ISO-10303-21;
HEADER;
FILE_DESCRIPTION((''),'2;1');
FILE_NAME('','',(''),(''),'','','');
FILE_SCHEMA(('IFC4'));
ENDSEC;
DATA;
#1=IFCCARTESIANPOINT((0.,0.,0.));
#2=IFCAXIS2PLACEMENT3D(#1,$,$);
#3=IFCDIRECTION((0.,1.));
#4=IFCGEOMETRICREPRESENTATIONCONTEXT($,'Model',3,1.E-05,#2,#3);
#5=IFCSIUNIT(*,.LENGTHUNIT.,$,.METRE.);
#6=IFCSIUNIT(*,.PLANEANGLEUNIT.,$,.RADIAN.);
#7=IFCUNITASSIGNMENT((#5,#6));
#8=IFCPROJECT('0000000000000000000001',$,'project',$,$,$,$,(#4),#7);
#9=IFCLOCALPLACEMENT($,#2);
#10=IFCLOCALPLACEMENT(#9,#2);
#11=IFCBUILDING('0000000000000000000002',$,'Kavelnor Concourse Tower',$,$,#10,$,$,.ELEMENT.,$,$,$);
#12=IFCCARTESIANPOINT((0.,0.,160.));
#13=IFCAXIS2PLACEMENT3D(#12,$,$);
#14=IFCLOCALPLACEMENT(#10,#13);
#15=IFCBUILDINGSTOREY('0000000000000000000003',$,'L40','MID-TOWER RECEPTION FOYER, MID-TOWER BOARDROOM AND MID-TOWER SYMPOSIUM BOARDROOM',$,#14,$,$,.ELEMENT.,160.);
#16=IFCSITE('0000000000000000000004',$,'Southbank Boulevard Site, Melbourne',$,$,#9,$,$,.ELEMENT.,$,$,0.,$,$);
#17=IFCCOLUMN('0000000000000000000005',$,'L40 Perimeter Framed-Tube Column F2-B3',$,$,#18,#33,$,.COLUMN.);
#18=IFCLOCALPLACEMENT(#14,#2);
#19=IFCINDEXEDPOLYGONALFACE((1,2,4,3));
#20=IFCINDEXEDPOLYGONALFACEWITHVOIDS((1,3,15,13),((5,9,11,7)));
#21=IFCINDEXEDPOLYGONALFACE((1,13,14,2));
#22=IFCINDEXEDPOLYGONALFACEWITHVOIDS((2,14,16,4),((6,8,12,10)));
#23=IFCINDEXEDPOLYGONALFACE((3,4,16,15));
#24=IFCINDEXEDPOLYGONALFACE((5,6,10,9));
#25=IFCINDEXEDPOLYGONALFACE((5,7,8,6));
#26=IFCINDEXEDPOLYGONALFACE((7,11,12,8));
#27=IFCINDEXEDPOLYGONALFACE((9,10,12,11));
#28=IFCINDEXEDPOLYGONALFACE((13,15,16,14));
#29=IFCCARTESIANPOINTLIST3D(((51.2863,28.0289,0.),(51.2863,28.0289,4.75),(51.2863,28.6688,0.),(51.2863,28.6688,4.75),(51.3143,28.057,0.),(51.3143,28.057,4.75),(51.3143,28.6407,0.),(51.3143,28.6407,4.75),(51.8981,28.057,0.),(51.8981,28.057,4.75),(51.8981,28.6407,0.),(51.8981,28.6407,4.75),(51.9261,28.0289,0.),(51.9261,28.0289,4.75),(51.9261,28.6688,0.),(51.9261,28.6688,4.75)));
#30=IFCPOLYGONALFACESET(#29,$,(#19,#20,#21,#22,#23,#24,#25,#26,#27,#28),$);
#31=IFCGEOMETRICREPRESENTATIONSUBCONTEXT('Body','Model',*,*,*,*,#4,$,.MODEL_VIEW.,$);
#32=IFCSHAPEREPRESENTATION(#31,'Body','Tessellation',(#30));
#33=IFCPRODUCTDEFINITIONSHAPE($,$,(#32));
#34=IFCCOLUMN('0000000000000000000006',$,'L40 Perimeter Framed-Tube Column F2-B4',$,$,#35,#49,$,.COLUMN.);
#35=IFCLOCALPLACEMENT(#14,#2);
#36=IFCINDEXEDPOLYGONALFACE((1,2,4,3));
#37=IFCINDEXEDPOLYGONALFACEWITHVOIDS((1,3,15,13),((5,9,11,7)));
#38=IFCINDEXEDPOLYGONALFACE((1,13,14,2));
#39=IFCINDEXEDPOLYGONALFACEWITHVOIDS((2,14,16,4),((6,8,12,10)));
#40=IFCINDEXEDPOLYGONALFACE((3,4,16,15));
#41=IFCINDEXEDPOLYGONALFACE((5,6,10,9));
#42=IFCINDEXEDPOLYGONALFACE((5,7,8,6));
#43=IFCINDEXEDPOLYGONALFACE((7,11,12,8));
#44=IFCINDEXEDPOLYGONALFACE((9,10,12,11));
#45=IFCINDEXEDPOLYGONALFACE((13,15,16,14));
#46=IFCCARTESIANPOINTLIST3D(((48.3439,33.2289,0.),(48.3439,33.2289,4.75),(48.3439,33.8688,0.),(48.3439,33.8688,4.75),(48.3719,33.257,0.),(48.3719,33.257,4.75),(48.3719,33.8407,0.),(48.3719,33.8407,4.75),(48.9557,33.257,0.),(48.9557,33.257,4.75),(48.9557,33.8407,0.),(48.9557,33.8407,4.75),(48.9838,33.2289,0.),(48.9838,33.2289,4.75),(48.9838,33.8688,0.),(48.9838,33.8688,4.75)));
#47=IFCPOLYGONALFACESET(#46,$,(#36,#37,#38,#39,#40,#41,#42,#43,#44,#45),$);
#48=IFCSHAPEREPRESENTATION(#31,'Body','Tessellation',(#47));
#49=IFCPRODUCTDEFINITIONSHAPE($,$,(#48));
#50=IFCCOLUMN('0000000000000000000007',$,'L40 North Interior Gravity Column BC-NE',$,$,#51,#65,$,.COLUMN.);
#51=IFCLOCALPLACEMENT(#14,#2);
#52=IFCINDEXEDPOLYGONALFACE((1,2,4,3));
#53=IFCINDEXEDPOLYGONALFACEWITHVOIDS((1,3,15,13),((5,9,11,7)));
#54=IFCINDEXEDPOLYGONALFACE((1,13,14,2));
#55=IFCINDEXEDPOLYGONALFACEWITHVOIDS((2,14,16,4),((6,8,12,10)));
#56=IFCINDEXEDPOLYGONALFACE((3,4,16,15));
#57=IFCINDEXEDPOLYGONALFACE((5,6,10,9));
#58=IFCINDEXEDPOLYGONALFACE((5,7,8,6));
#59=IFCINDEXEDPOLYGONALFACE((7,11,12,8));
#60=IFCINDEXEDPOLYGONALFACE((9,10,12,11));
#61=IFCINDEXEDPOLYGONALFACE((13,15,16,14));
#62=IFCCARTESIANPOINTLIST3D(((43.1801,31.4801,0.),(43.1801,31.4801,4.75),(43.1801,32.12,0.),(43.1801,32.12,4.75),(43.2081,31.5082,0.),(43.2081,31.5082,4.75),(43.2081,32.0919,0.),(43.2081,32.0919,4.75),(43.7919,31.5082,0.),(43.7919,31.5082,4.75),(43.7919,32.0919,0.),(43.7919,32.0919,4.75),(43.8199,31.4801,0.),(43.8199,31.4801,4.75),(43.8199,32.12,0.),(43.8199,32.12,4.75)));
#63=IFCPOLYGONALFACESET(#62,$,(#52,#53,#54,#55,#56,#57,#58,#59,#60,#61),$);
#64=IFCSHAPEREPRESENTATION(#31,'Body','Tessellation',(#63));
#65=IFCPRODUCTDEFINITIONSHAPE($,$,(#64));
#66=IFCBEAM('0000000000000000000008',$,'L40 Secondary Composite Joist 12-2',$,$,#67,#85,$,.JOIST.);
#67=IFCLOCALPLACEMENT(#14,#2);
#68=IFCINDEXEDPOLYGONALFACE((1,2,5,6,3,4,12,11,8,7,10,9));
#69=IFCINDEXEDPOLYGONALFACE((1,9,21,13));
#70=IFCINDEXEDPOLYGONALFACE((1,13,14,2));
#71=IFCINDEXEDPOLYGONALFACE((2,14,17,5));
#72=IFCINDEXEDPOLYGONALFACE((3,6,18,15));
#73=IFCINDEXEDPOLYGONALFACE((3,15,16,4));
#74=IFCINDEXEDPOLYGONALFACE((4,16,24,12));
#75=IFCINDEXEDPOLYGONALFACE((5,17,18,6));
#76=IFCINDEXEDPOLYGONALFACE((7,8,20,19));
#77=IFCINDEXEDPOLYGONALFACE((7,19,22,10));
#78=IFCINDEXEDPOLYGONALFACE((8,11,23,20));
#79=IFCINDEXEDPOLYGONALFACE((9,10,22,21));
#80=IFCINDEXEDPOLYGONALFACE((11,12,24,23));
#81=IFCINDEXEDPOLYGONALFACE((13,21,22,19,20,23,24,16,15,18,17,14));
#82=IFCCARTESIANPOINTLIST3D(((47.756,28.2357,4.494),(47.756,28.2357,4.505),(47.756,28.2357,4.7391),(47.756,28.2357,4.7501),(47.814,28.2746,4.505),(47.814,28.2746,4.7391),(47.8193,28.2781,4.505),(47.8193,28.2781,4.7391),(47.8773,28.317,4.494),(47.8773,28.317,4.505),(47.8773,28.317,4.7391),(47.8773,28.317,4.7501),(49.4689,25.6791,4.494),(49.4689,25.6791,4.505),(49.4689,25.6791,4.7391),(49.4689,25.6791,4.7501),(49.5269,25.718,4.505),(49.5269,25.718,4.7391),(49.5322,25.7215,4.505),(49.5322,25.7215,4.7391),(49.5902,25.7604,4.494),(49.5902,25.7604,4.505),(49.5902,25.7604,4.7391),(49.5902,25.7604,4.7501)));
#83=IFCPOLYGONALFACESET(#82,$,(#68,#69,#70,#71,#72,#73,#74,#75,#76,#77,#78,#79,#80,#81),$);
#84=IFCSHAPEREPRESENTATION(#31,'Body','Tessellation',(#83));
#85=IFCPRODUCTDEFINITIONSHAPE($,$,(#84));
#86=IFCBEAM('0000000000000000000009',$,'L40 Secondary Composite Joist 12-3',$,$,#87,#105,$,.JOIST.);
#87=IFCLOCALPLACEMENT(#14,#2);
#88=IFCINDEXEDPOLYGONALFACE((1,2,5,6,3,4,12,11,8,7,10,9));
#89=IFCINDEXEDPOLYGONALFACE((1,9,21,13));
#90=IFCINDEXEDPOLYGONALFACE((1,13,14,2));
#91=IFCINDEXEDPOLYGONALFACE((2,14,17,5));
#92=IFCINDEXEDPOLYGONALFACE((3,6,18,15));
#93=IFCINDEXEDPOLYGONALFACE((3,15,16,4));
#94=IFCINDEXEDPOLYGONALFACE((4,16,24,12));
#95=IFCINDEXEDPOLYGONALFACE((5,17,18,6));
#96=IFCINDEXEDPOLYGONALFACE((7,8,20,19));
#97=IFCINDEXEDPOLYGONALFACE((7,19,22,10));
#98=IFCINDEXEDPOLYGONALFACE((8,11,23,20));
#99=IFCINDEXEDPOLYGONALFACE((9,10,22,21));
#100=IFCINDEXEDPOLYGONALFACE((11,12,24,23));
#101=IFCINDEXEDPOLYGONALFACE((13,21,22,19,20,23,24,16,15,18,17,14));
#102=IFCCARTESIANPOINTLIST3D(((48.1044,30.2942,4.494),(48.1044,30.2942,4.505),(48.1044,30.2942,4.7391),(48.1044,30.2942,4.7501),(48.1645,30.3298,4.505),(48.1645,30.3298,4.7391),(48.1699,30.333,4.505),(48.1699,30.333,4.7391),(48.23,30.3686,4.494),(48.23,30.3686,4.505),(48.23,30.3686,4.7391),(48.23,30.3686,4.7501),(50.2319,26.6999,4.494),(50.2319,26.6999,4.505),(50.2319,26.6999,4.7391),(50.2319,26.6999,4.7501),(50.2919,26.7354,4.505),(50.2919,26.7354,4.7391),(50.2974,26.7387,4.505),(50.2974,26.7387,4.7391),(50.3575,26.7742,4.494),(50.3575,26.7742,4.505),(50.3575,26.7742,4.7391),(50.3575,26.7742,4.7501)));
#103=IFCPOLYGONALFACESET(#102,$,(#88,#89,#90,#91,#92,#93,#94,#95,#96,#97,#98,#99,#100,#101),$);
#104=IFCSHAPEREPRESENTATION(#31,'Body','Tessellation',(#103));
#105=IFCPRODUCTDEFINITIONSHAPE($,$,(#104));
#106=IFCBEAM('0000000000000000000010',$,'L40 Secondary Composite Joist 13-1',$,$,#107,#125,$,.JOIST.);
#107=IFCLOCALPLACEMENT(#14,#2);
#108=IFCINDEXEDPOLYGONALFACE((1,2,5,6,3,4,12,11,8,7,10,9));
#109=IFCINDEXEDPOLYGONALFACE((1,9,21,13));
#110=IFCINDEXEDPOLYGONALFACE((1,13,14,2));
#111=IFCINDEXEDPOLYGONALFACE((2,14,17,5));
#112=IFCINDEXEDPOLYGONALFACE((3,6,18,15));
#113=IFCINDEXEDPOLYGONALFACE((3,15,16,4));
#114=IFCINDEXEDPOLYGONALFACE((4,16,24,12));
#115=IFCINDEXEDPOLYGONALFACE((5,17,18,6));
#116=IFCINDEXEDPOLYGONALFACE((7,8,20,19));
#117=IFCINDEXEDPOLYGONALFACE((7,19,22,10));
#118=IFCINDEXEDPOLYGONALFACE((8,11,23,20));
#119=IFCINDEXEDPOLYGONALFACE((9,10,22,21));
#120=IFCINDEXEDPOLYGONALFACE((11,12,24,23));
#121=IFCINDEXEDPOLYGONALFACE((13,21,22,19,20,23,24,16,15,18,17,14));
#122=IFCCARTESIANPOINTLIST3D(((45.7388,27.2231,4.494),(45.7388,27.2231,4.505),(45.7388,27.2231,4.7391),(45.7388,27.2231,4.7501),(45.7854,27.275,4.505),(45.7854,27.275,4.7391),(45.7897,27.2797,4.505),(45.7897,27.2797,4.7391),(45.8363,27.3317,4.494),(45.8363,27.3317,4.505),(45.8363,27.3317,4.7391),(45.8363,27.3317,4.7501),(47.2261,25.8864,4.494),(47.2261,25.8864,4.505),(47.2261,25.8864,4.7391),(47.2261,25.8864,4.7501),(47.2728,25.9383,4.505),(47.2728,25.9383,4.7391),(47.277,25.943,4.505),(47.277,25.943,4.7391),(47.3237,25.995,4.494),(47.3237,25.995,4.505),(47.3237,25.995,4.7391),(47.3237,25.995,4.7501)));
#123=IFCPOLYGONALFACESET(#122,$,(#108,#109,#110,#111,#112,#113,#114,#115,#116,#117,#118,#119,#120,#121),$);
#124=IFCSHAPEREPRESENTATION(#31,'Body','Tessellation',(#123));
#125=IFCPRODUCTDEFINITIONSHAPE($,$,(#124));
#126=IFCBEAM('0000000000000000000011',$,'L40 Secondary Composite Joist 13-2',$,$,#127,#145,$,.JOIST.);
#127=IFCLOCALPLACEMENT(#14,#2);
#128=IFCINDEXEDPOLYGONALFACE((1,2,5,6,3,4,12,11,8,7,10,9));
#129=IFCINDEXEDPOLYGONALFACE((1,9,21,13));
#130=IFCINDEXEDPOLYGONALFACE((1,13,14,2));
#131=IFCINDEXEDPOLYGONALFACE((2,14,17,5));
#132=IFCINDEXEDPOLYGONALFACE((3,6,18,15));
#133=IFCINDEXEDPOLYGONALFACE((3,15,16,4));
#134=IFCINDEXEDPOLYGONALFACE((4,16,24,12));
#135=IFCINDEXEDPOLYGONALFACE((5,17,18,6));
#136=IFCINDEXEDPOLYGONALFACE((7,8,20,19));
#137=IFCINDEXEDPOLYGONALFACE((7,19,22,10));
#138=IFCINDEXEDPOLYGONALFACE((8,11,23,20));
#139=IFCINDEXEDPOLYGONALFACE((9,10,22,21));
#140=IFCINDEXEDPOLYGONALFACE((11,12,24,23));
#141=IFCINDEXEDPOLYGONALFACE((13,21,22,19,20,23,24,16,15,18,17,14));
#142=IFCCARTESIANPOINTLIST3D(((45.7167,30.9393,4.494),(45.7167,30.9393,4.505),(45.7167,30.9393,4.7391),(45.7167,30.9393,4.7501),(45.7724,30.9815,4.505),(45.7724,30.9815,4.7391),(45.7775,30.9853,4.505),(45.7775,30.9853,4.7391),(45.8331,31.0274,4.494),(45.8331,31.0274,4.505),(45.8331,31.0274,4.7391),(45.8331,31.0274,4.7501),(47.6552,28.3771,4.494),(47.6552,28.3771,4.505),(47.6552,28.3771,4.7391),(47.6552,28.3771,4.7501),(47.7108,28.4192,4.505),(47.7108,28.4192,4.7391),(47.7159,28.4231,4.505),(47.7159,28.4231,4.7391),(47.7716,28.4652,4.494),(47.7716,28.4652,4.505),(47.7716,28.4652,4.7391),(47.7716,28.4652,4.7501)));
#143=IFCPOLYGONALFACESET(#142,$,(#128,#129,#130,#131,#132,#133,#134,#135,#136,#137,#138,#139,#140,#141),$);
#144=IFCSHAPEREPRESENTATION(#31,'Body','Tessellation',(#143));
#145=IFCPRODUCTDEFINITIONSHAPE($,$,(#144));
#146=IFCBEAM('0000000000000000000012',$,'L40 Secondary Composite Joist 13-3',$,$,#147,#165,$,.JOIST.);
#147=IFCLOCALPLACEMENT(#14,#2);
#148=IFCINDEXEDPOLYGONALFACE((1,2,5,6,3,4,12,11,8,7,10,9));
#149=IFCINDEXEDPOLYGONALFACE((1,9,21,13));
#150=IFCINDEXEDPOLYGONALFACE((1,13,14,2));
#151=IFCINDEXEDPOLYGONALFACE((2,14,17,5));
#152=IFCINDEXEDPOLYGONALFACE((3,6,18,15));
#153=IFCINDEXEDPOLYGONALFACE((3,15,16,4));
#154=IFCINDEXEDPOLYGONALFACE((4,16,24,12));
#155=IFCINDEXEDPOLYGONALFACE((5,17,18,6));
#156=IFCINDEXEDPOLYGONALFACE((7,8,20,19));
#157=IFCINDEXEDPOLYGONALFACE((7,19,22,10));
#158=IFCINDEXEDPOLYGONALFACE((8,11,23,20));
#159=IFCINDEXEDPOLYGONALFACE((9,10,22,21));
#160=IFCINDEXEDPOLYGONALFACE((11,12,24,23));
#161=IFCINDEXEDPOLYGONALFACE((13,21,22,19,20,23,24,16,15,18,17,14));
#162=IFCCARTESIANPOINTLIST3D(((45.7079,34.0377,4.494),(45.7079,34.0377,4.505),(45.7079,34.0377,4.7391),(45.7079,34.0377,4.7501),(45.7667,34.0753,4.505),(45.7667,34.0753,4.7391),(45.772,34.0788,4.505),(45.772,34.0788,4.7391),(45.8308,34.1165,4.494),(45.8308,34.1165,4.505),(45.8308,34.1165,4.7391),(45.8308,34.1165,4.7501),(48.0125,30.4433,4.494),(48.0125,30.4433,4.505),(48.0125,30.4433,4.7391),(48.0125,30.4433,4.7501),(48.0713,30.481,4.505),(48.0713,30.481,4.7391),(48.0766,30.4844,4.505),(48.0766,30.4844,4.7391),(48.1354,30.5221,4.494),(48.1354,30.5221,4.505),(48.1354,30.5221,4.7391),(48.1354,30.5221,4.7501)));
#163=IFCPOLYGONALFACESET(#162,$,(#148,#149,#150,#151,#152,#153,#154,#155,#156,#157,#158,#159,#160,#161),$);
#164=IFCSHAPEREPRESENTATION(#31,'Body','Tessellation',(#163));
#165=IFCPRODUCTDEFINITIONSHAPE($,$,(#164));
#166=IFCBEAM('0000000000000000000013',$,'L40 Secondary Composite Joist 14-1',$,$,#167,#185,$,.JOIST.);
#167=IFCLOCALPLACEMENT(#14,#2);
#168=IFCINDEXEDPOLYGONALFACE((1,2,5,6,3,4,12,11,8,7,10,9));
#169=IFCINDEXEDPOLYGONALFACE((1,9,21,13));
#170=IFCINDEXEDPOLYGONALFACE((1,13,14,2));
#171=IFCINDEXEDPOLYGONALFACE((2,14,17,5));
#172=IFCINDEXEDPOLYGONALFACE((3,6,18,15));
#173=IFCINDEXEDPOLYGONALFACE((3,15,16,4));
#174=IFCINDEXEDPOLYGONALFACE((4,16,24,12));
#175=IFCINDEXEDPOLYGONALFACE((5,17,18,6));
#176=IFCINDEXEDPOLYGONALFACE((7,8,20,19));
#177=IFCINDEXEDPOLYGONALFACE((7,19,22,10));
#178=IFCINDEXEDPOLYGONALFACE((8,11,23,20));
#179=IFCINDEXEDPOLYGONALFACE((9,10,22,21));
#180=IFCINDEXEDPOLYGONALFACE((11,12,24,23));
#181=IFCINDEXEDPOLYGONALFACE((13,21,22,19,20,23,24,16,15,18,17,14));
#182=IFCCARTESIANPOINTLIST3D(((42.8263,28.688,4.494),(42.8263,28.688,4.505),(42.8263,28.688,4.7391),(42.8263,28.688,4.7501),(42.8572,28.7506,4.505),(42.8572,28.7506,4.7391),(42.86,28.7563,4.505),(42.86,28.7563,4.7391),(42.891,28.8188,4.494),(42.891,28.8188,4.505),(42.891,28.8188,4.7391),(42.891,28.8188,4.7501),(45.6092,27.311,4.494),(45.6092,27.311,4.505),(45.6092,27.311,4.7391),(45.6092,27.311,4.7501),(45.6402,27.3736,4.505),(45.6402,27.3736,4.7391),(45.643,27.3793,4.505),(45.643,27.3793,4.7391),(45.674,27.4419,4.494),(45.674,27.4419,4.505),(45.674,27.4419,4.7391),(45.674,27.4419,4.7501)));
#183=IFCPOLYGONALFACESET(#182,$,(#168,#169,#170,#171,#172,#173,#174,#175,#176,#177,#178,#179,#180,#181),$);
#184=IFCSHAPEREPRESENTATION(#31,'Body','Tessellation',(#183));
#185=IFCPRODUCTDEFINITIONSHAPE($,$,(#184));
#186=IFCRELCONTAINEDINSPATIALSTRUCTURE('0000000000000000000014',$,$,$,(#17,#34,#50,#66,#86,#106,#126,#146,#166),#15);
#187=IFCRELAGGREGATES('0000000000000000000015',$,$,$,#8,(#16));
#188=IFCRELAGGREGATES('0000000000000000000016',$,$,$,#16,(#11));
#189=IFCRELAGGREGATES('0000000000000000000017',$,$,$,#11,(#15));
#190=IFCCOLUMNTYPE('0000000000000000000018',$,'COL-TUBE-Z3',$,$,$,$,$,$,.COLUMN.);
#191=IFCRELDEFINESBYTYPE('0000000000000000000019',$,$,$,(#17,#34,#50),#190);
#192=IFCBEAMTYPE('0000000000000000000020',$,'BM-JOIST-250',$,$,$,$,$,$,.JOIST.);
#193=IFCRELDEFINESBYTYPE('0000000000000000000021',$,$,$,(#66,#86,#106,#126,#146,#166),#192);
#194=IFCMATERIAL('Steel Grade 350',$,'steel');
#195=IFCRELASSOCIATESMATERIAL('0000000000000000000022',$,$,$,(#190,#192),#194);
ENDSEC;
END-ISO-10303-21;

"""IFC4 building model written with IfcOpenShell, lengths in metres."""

from ifc_helpers import new_model, si_unit, direction, frame, origin, origin_2d, place, context, subcontext, project, spatial, hollow_rectangle, i_section, extrude, material, material_profile, profile_set, type_object, element, save


model = new_model("IFC4")

# Units and contexts
model_context = context("Model", 3, precision=1e-05, world=origin(), true_north=direction((0.0, 1.0)))
body_context = subcontext(model_context, "Body", "Model", "MODEL_VIEW")
ifc_project = project(units=[si_unit("LENGTHUNIT", "METRE"), si_unit("PLANEANGLEUNIT", "RADIAN")], contexts=[model_context])

# Site, building, storey
site_placement = place(None, origin())
site = spatial("IfcSite", under=ifc_project, at=site_placement, Name="Southbank Boulevard Site, Melbourne", CompositionType="ELEMENT", RefElevation=0.0)
building_placement = place(site_placement, origin())
building = spatial("IfcBuilding", under=site, at=building_placement, Name="Kavelnor Concourse Tower", CompositionType="ELEMENT")
storey_placement = place(building_placement, frame((0.0, 0.0, 160.0)))
storey = spatial("IfcBuildingStorey", under=building, at=storey_placement, Name="L40", Description="MID-TOWER RECEPTION FOYER, MID-TOWER BOARDROOM AND MID-TOWER SYMPOSIUM BOARDROOM", CompositionType="ELEMENT", Elevation=160.0)

# Columns
ifc_material_1 = material(Name="Steel Grade 350", Category="steel")
ifc_material_profile_1 = material_profile(ifc_material_1, hollow_rectangle(XDim=0.6399, YDim=0.6399, WallThickness=0.0281, at=origin_2d()), Name="SHS 640x640x28")
ifc_profile_set_1 = profile_set([ifc_material_profile_1], Name="Steel Grade 350")
column_type = type_object("IfcColumnType", Name="COL-TUBE-Z3", PredefinedType="COLUMN", material=ifc_profile_set_1)
for number, where, z_axis, x_axis, name in (
    (1, (51.6062, 28.3489, 0.0), (0.0, 0.0, 1.0), (1.0, 0.0, 0.0), "L40 Perimeter Framed-Tube Column F2-B3"),
    (2, (48.6638, 33.5488, 0.0), (0.0, 0.0, 1.0), (1.0, 0.0, 0.0), "L40 Perimeter Framed-Tube Column F2-B4"),
    (3, (43.5, 31.8, 0.0), (0.0, 0.0, 1.0), (1.0, 0.0, 0.0), "L40 North Interior Gravity Column BC-NE"),
):
    element("IfcColumn", number, at=place(storey_placement, frame(where, z_axis=z_axis, x_axis=x_axis)), inside=storey, type_object=column_type, Name=name, PredefinedType="COLUMN", context=body_context, shape_type="SweptSolid", body=[
        extrude(hollow_rectangle(XDim=0.6399, YDim=0.6399, WallThickness=0.0281, at=origin_2d()), origin(), (0.0, 0.0, 1.0), 4.75),
    ])

# Beams
ifc_material_profile_2 = material_profile(ifc_material_1, i_section(OverallWidth=0.146, OverallDepth=0.2561, WebThickness=0.0063, FlangeThickness=0.011, at=origin_2d()), Name="250UB37")
ifc_profile_set_2 = profile_set([ifc_material_profile_2], Name="Steel Grade 350")
beam_type_1 = type_object("IfcBeamType", Name="BM-JOIST-250", PredefinedType="JOIST", material=ifc_profile_set_2)
beam_1_placement = place(storey_placement, frame((49.5295, 25.7197, 4.6221), z_axis=(-0.556603, 0.830779, 0.0), x_axis=(-0.830779, -0.556603, 0.0)))
element("IfcBeam", 4, at=beam_1_placement, inside=storey, type_object=beam_type_1, Name="L40 Secondary Composite Joist 12-2", PredefinedType="JOIST", context=body_context, shape_type="SweptSolid", body=[
    extrude(i_section(OverallWidth=0.146, OverallDepth=0.2561, WebThickness=0.0063, FlangeThickness=0.011, at=origin_2d()), origin(), (0.0, 0.0, 1.0), 3.0774),
])
beam_2_placement = place(storey_placement, frame((50.2947, 26.7371, 4.6221), z_axis=(-0.509363, 0.860552, 0.0), x_axis=(-0.860552, -0.509363, 0.0)))
element("IfcBeam", 5, at=beam_2_placement, inside=storey, type_object=beam_type_1, Name="L40 Secondary Composite Joist 12-3", PredefinedType="JOIST", context=body_context, shape_type="SweptSolid", body=[
    extrude(i_section(OverallWidth=0.146, OverallDepth=0.2561, WebThickness=0.0063, FlangeThickness=0.011, at=origin_2d()), origin(), (0.0, 0.0, 1.0), 4.1768),
])
beam_3_placement = place(storey_placement, frame((47.2749, 25.9407, 4.6221), z_axis=(-0.743767, 0.668438, 0.0), x_axis=(-0.668438, -0.743767, 0.0)))
element("IfcBeam", 6, at=beam_3_placement, inside=storey, type_object=beam_type_1, Name="L40 Secondary Composite Joist 13-1", PredefinedType="JOIST", context=body_context, shape_type="SweptSolid", body=[
    extrude(i_section(OverallWidth=0.146, OverallDepth=0.2561, WebThickness=0.0063, FlangeThickness=0.011, at=origin_2d()), origin(), (0.0, 0.0, 1.0), 1.9998),
])
beam_4_placement = place(storey_placement, frame((47.7134, 28.4211, 4.6221), z_axis=(-0.603338, 0.797485, 0.0), x_axis=(-0.797485, -0.603338, 0.0)))
element("IfcBeam", 7, at=beam_4_placement, inside=storey, type_object=beam_type_1, Name="L40 Secondary Composite Joist 13-2", PredefinedType="JOIST", context=body_context, shape_type="SweptSolid", body=[
    extrude(i_section(OverallWidth=0.146, OverallDepth=0.2561, WebThickness=0.0063, FlangeThickness=0.011, at=origin_2d()), origin(), (0.0, 0.0, 1.0), 3.2129),
])
beam_5_placement = place(storey_placement, frame((48.074, 30.4827, 4.6221), z_axis=(-0.539754, 0.841823, 0.0), x_axis=(-0.841823, -0.539754, 0.0)))
element("IfcBeam", 8, at=beam_5_placement, inside=storey, type_object=beam_type_1, Name="L40 Secondary Composite Joist 13-3", PredefinedType="JOIST", context=body_context, shape_type="SweptSolid", body=[
    extrude(i_section(OverallWidth=0.146, OverallDepth=0.2561, WebThickness=0.0063, FlangeThickness=0.011, at=origin_2d()), origin(), (0.0, 0.0, 1.0), 4.2698),
])
beam_6_placement = place(storey_placement, frame((45.6416, 27.3765, 4.6221), z_axis=(-0.896291, 0.443467, 0.0), x_axis=(-0.443467, -0.896291, 0.0)))
element("IfcBeam", 9, at=beam_6_placement, inside=storey, type_object=beam_type_1, Name="L40 Secondary Composite Joist 14-1", PredefinedType="JOIST", context=body_context, shape_type="SweptSolid", body=[
    extrude(i_section(OverallWidth=0.146, OverallDepth=0.2561, WebThickness=0.0063, FlangeThickness=0.011, at=origin_2d()), origin(), (0.0, 0.0, 1.0), 3.105),
])

save(model, "model.ifc")
